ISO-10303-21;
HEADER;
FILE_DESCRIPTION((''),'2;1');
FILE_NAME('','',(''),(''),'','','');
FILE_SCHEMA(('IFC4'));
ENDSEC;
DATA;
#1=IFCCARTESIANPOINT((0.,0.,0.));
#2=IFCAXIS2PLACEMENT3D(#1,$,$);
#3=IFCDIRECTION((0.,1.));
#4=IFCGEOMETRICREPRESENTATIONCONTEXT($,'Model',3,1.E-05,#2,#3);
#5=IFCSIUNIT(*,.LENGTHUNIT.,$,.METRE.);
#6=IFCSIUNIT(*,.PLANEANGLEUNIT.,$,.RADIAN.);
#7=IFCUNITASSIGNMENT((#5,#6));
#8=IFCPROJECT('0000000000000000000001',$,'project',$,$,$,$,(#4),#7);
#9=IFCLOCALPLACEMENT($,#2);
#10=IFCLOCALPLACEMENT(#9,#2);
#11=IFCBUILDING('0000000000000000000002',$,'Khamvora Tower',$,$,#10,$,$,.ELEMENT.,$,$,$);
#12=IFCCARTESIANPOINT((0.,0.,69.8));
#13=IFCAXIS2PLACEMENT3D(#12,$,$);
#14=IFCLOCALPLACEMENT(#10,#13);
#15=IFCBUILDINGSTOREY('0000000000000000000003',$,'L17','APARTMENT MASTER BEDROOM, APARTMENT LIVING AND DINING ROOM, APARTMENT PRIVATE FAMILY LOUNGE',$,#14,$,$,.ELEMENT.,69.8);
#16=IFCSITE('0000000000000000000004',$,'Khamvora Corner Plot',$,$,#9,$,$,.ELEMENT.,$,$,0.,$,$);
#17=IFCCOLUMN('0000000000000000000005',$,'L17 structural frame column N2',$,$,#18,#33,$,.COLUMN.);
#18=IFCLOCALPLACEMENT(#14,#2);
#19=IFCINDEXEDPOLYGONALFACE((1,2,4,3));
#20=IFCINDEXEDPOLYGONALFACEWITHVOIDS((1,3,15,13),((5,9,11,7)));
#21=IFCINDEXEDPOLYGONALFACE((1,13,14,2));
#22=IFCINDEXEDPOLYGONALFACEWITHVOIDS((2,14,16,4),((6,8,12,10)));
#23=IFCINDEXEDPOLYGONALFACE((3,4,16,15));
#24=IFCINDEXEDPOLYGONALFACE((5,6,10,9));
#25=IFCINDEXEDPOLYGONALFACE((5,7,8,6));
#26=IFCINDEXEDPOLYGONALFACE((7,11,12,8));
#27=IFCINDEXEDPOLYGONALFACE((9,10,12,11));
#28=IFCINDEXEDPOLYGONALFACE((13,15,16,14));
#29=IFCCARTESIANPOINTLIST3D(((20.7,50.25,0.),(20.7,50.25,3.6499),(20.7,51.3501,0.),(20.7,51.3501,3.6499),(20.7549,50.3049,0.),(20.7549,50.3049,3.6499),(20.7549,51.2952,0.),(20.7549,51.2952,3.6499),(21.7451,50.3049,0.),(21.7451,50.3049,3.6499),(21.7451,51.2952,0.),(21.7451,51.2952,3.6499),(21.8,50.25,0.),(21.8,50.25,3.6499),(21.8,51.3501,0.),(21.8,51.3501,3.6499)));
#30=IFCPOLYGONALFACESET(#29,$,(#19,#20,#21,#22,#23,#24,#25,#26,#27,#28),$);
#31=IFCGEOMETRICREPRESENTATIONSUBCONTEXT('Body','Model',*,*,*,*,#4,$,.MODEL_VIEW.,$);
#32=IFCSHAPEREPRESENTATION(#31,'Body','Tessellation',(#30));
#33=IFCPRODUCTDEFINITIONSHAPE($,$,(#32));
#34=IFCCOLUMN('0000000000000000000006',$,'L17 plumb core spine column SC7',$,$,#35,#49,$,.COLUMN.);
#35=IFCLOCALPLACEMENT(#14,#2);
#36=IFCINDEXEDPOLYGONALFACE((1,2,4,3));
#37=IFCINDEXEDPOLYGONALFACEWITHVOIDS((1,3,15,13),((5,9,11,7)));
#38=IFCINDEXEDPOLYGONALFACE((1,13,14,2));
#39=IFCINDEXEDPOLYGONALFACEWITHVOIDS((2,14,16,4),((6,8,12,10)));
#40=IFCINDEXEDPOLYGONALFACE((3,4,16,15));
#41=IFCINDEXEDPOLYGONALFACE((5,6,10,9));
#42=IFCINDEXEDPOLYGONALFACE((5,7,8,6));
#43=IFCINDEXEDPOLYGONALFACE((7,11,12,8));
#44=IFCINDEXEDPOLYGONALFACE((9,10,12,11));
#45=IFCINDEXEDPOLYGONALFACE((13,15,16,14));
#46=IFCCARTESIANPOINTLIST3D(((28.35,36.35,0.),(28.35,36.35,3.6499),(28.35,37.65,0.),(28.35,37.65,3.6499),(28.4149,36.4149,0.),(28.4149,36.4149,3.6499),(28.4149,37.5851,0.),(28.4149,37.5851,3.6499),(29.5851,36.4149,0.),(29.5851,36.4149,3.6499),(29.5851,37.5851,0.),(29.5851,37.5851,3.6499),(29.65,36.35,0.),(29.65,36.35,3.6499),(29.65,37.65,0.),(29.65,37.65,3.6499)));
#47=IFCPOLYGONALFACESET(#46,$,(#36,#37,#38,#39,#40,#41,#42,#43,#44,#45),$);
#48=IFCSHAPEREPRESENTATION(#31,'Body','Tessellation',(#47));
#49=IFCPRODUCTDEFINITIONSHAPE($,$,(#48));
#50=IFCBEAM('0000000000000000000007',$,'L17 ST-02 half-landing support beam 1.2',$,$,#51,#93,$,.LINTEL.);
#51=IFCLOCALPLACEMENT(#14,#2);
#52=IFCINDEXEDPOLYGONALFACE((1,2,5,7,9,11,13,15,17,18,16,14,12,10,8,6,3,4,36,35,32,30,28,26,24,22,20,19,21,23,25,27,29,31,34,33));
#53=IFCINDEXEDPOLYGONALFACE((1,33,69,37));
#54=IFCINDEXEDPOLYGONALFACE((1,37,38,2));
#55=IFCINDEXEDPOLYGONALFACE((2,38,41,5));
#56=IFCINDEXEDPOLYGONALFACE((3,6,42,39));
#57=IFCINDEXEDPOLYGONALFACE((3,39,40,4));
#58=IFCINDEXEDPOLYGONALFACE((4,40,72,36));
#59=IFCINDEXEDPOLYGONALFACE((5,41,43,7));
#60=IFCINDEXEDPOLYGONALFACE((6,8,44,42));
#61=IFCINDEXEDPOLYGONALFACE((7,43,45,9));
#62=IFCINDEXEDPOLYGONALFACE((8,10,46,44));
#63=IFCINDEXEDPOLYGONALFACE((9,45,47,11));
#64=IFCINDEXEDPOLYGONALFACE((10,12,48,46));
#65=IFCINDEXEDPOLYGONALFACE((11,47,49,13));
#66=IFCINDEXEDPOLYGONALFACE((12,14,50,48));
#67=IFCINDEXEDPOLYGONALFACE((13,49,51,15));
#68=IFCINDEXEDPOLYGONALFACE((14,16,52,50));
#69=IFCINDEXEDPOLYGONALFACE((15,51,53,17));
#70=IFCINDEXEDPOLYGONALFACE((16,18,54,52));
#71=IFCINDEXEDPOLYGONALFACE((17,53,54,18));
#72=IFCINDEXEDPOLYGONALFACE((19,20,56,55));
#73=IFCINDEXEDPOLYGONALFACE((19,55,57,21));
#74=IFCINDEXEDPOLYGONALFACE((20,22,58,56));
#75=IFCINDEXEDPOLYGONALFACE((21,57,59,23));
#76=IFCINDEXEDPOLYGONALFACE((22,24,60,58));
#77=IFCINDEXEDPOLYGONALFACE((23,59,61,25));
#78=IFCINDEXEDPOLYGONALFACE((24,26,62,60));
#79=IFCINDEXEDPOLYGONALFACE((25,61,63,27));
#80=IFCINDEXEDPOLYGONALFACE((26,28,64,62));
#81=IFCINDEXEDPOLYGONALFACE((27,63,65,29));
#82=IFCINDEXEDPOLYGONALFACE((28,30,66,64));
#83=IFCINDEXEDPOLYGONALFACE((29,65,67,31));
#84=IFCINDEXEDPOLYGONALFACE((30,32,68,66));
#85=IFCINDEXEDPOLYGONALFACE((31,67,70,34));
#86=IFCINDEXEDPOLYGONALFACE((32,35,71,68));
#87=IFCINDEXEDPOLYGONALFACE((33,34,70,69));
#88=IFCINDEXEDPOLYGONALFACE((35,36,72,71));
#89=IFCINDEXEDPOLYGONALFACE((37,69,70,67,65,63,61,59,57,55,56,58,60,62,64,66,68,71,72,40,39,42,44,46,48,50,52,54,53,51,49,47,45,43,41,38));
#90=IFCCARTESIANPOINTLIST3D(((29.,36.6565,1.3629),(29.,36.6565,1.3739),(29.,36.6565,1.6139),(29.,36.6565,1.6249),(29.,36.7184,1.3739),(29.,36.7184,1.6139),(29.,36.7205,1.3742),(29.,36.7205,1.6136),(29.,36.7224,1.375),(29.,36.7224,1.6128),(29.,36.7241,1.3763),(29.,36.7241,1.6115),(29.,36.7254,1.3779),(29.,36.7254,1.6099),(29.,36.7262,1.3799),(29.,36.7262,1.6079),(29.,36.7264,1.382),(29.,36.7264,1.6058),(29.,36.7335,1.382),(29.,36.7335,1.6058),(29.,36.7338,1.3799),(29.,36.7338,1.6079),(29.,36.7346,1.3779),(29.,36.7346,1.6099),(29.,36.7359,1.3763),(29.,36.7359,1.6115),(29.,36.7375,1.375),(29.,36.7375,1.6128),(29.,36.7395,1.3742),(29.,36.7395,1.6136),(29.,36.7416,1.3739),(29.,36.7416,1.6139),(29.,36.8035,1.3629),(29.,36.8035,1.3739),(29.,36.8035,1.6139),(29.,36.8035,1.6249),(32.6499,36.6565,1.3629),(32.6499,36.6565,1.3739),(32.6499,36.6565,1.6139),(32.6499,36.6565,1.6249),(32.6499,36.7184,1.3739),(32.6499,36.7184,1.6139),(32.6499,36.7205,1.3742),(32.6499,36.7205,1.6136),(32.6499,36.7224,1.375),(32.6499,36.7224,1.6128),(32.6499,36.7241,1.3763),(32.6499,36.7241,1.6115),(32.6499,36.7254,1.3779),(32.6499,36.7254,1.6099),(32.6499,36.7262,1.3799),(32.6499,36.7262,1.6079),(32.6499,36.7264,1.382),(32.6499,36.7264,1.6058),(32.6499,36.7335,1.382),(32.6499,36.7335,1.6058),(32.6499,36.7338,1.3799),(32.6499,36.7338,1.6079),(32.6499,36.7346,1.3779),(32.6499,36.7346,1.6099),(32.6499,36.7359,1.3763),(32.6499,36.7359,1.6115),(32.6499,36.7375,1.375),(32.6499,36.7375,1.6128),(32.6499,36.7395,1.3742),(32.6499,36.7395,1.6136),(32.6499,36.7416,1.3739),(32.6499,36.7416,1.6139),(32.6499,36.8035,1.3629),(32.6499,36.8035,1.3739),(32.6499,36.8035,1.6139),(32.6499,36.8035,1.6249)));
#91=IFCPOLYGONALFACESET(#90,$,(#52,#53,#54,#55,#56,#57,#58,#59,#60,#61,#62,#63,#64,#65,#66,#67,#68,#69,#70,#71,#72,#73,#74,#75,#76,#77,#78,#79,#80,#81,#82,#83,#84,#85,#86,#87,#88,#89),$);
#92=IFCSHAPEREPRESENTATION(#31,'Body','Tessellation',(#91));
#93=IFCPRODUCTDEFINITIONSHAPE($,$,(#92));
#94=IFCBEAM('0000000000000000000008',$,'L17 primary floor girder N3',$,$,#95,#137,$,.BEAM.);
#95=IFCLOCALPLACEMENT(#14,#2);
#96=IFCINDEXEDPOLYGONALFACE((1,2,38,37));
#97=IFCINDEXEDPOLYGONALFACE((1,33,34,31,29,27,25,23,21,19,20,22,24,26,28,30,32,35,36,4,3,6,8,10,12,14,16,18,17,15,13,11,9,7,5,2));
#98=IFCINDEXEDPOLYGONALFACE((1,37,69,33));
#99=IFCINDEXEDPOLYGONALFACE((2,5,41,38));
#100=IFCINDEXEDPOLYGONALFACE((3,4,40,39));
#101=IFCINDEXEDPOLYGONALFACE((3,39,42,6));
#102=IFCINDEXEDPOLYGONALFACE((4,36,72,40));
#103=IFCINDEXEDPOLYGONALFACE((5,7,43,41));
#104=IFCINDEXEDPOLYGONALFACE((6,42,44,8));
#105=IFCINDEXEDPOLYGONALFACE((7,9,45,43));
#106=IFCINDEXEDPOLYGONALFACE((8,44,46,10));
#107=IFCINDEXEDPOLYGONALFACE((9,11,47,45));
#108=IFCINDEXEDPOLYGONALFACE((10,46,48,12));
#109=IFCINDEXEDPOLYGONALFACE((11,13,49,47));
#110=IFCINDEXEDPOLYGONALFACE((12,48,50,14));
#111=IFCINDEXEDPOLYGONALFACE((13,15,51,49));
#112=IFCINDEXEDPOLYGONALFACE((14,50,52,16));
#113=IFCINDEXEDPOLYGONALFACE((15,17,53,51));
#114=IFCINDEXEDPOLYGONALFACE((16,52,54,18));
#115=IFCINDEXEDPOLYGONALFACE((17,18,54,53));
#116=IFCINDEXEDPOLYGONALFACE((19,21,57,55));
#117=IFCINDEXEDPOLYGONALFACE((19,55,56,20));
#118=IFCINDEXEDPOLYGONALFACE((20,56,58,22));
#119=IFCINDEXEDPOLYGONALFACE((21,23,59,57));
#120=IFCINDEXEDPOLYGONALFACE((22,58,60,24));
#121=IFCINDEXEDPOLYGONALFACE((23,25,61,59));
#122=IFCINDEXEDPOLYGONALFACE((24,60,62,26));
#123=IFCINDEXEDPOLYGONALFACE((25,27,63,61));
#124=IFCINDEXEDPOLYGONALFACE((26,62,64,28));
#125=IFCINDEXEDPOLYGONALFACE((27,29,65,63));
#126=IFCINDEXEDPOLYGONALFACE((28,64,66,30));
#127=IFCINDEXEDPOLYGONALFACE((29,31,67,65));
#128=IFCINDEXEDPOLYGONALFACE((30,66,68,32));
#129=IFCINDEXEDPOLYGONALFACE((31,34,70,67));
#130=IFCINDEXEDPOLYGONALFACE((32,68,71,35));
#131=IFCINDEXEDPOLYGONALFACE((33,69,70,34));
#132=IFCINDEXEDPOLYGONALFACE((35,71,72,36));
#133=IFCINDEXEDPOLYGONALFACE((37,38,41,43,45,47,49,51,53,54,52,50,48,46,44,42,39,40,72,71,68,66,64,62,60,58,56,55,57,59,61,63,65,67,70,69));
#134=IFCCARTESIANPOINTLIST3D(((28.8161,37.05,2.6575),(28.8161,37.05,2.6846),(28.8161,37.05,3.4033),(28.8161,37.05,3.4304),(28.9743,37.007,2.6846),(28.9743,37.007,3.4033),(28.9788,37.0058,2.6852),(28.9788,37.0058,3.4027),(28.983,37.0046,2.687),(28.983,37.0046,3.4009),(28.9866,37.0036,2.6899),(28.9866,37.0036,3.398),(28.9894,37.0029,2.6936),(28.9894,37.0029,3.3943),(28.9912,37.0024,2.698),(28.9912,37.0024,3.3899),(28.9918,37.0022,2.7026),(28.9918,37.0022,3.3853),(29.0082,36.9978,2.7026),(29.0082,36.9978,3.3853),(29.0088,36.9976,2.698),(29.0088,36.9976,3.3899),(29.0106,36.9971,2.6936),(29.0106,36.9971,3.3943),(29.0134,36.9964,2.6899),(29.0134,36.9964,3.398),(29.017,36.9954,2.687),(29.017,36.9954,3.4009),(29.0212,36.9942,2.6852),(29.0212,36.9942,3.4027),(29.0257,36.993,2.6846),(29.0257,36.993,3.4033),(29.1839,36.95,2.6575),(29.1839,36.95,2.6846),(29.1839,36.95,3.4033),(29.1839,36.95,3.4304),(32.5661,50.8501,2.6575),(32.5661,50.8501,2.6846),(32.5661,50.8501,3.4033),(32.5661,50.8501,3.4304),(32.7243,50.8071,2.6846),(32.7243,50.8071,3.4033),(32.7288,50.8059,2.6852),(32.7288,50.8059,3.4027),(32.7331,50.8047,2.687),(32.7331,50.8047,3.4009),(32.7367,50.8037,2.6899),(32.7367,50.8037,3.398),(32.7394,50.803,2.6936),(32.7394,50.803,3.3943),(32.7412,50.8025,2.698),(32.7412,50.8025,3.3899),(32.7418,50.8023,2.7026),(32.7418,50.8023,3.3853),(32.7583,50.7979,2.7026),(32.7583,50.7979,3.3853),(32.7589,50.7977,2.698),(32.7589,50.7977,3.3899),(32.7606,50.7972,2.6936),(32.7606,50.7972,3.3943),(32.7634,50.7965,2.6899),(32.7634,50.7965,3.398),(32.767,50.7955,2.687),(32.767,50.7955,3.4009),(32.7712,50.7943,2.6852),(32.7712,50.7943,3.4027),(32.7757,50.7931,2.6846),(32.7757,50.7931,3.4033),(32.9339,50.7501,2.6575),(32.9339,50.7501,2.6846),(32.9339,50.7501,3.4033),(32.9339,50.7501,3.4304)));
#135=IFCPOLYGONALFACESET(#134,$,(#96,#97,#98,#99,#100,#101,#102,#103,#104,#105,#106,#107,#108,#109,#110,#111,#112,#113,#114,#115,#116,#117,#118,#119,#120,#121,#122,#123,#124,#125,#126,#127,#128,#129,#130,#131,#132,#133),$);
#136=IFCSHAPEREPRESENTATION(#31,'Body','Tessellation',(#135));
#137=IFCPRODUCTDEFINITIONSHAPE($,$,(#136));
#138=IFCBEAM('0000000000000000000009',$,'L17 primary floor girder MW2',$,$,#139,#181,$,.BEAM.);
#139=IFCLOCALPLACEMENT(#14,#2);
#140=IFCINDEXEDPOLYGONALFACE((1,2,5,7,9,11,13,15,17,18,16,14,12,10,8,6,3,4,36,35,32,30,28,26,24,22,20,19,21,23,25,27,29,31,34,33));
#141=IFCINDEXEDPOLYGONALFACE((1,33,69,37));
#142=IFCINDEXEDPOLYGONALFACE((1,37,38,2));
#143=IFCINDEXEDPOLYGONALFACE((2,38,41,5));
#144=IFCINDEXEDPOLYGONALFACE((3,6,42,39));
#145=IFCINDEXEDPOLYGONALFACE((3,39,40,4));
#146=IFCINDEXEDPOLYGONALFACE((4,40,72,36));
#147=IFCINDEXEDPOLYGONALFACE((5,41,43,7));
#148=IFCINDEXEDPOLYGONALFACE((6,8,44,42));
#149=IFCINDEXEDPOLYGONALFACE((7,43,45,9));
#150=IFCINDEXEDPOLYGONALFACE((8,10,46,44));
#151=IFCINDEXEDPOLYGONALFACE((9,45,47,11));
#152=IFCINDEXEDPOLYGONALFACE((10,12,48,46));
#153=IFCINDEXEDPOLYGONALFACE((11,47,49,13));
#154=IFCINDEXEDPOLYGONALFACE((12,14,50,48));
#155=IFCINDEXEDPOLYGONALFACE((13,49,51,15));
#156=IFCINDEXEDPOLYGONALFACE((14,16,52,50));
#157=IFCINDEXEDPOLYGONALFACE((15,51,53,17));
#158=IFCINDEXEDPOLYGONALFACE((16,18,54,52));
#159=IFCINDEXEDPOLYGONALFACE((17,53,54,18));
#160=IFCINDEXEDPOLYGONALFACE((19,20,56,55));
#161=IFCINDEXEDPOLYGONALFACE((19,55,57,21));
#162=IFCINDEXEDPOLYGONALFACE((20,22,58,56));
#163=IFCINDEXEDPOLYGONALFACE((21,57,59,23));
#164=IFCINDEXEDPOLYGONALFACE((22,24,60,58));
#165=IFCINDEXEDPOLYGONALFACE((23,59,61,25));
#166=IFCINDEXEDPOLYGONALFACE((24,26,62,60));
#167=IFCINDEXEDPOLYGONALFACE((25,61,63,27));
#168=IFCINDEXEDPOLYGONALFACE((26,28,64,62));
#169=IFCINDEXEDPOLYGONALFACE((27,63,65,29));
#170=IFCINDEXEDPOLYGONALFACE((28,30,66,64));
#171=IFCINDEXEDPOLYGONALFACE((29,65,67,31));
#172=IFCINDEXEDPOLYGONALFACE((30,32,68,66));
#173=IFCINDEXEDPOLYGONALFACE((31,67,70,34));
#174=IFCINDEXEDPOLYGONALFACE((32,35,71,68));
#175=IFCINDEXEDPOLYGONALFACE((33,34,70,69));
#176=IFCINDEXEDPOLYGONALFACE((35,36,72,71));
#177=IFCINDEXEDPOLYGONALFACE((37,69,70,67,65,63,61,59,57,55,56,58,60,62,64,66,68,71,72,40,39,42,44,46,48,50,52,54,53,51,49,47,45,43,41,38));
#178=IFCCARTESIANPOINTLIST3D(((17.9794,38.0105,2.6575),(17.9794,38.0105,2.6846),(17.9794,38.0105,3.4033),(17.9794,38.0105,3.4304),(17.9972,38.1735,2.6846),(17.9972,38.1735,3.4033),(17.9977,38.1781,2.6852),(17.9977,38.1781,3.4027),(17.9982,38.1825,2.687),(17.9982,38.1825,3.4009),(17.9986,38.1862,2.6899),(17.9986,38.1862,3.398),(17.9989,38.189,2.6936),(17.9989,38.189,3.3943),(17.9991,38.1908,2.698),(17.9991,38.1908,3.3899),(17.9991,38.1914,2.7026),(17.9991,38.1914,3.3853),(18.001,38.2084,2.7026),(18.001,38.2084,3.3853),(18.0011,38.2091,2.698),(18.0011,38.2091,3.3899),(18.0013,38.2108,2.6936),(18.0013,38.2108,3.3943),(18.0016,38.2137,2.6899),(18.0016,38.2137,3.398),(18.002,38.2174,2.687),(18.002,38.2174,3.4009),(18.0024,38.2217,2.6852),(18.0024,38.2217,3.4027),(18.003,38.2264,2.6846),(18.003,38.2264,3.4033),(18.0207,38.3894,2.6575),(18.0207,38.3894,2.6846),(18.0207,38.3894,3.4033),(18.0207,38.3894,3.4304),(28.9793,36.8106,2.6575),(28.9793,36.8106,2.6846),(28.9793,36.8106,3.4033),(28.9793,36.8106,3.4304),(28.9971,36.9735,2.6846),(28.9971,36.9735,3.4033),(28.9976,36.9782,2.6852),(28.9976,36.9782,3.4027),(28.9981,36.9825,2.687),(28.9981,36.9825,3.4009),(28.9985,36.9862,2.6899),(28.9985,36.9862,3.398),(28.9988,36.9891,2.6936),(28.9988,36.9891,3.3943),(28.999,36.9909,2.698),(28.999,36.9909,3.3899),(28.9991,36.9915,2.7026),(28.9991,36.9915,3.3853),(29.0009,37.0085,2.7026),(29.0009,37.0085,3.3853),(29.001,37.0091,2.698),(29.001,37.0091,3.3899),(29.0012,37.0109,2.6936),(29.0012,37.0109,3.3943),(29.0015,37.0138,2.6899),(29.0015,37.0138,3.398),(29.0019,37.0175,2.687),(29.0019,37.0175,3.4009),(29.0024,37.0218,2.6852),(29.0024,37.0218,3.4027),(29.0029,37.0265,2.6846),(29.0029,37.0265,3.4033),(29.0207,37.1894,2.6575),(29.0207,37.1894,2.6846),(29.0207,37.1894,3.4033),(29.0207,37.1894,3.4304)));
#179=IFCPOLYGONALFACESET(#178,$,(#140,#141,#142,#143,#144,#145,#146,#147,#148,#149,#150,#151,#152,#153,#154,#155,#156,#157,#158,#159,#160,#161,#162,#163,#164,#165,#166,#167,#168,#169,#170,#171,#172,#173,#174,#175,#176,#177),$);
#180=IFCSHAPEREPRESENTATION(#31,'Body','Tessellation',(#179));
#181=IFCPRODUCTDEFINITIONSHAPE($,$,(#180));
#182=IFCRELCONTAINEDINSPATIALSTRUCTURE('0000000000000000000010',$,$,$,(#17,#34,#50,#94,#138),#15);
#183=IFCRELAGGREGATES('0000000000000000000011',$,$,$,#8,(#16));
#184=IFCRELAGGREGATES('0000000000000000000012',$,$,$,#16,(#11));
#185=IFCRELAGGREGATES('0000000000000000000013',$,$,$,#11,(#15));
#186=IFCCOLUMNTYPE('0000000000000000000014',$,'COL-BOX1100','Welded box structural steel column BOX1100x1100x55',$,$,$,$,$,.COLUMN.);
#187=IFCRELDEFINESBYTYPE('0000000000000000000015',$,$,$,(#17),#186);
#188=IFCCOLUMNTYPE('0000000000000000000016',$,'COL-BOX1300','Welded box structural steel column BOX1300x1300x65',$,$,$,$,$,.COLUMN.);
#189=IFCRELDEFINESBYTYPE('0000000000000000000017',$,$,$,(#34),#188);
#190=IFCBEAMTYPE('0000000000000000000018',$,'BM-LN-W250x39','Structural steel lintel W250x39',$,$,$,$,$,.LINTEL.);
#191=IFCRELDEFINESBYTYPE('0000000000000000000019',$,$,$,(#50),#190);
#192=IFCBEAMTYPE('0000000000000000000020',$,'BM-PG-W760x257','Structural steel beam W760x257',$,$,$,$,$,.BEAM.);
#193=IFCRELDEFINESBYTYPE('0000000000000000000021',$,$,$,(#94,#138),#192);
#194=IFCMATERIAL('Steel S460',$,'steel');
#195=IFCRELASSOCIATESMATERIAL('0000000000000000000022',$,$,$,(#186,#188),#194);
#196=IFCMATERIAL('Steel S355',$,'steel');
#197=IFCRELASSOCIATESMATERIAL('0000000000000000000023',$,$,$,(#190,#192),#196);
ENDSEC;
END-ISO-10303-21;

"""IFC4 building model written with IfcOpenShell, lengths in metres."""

from ifc_helpers import new_model, si_unit, direction, frame, origin, origin_2d, place, context, subcontext, project, spatial, hollow_rectangle, i_section, extrude, material, material_profile, profile_set, type_object, element, save


model = new_model("IFC4")

# Units and contexts
model_context = context("Model", 3, precision=1e-05, world=origin(), true_north=direction((0.0, 1.0)))
body_context = subcontext(model_context, "Body", "Model", "MODEL_VIEW")
ifc_project = project(units=[si_unit("LENGTHUNIT", "METRE"), si_unit("PLANEANGLEUNIT", "RADIAN")], contexts=[model_context])

# Site, building, storey
site_placement = place(None, origin())
site = spatial("IfcSite", under=ifc_project, at=site_placement, Name="Khamvora Corner Plot", CompositionType="ELEMENT", RefElevation=0.0)
building_placement = place(site_placement, origin())
building = spatial("IfcBuilding", under=site, at=building_placement, Name="Khamvora Tower", CompositionType="ELEMENT")
storey_placement = place(building_placement, frame((0.0, 0.0, 69.8)))
storey = spatial("IfcBuildingStorey", under=building, at=storey_placement, Name="L17", Description="APARTMENT MASTER BEDROOM, APARTMENT LIVING AND DINING ROOM, APARTMENT PRIVATE FAMILY LOUNGE", CompositionType="ELEMENT", Elevation=69.8)

# Columns
ifc_material_1 = material(Name="Steel S460", Category="steel")
ifc_material_profile_1 = material_profile(ifc_material_1, hollow_rectangle(XDim=1.1001, YDim=1.1001, WallThickness=0.0549, at=origin_2d()), Name="BOX1100x1100x55")
ifc_profile_set_1 = profile_set([ifc_material_profile_1], Name="Steel S460")
column_type_1 = type_object("IfcColumnType", Name="COL-BOX1100", Description="Welded box structural steel column BOX1100x1100x55", PredefinedType="COLUMN", material=ifc_profile_set_1)
column_1_placement = place(storey_placement, frame((21.25, 50.8, 0.0), z_axis=(0.0, 0.0, 1.0), x_axis=(1.0, 0.0, 0.0)))
element("IfcColumn", 1, at=column_1_placement, inside=storey, type_object=column_type_1, Name="L17 structural frame column N2", PredefinedType="COLUMN", context=body_context, shape_type="SweptSolid", body=[
    extrude(hollow_rectangle(XDim=1.1001, YDim=1.1001, WallThickness=0.0549, at=origin_2d()), origin(), (0.0, 0.0, 1.0), 3.6499),
])
ifc_material_profile_2 = material_profile(ifc_material_1, hollow_rectangle(XDim=1.3, YDim=1.3, WallThickness=0.0649, at=origin_2d()), Name="BOX1300x1300x65")
ifc_profile_set_2 = profile_set([ifc_material_profile_2], Name="Steel S460")
column_type_2 = type_object("IfcColumnType", Name="COL-BOX1300", Description="Welded box structural steel column BOX1300x1300x65", PredefinedType="COLUMN", material=ifc_profile_set_2)
column_2_placement = place(storey_placement, frame((29.0, 37.0, 0.0), z_axis=(0.0, 0.0, 1.0), x_axis=(1.0, 0.0, 0.0)))
element("IfcColumn", 2, at=column_2_placement, inside=storey, type_object=column_type_2, Name="L17 plumb core spine column SC7", PredefinedType="COLUMN", context=body_context, shape_type="SweptSolid", body=[
    extrude(hollow_rectangle(XDim=1.3, YDim=1.3, WallThickness=0.0649, at=origin_2d()), origin(), (0.0, 0.0, 1.0), 3.6499),
])

# Beams
ifc_material_2 = material(Name="Steel S355", Category="steel")
ifc_material_profile_3 = material_profile(ifc_material_2, i_section(OverallWidth=0.147, OverallDepth=0.262, WebThickness=0.0071, FlangeThickness=0.011, FilletRadius=0.0081, at=origin_2d()), Name="W250x39")
ifc_profile_set_3 = profile_set([ifc_material_profile_3], Name="Steel S355")
beam_type_1 = type_object("IfcBeamType", Name="BM-LN-W250x39", Description="Structural steel lintel W250x39", PredefinedType="LINTEL", material=ifc_profile_set_3)
beam_1_placement = place(storey_placement, frame((29.0, 36.73, 1.4939), z_axis=(1.0, 0.0, 0.0), x_axis=(0.0, 1.0, 0.0)))
element("IfcBeam", 3, at=beam_1_placement, inside=storey, type_object=beam_type_1, Name="L17 ST-02 half-landing support beam 1.2", PredefinedType="LINTEL", context=body_context, shape_type="SweptSolid", body=[
    extrude(i_section(OverallWidth=0.147, OverallDepth=0.262, WebThickness=0.0071, FlangeThickness=0.011, FilletRadius=0.0081, at=origin_2d()), origin(), (0.0, 0.0, 1.0), 3.6499),
])
ifc_material_profile_4 = material_profile(ifc_material_2, i_section(OverallWidth=0.3811, OverallDepth=0.7729, WebThickness=0.0171, FlangeThickness=0.0271, FilletRadius=0.0181, at=origin_2d()), Name="W760x257")
ifc_profile_set_4 = profile_set([ifc_material_profile_4], Name="Steel S355")
beam_type_2 = type_object("IfcBeamType", Name="BM-PG-W760x257", Description="Structural steel beam W760x257", PredefinedType="BEAM", material=ifc_profile_set_4)
beam_2_placement = place(storey_placement, frame((29.0, 37.0, 3.0439), z_axis=(0.262229, 0.965006, 0.0), x_axis=(-0.965006, 0.262229, 0.0)))
element("IfcBeam", 4, at=beam_2_placement, inside=storey, type_object=beam_type_2, Name="L17 primary floor girder N3", PredefinedType="BEAM", context=body_context, shape_type="SweptSolid", body=[
    extrude(i_section(OverallWidth=0.3811, OverallDepth=0.7729, WebThickness=0.0171, FlangeThickness=0.0271, FilletRadius=0.0181, at=origin_2d()), origin(), (0.0, 0.0, 1.0), 14.3005),
])
beam_3_placement = place(storey_placement, frame((29.0, 37.0, 3.0439), z_axis=(-0.994103, 0.108443, 0.0), x_axis=(-0.108443, -0.994103, 0.0)))
element("IfcBeam", 5, at=beam_3_placement, inside=storey, type_object=beam_type_2, Name="L17 primary floor girder MW2", PredefinedType="BEAM", context=body_context, shape_type="SweptSolid", body=[
    extrude(i_section(OverallWidth=0.3811, OverallDepth=0.7729, WebThickness=0.0171, FlangeThickness=0.0271, FilletRadius=0.0181, at=origin_2d()), origin(), (0.0, 0.0, 1.0), 11.0652),
])

save(model, "model.ifc")
